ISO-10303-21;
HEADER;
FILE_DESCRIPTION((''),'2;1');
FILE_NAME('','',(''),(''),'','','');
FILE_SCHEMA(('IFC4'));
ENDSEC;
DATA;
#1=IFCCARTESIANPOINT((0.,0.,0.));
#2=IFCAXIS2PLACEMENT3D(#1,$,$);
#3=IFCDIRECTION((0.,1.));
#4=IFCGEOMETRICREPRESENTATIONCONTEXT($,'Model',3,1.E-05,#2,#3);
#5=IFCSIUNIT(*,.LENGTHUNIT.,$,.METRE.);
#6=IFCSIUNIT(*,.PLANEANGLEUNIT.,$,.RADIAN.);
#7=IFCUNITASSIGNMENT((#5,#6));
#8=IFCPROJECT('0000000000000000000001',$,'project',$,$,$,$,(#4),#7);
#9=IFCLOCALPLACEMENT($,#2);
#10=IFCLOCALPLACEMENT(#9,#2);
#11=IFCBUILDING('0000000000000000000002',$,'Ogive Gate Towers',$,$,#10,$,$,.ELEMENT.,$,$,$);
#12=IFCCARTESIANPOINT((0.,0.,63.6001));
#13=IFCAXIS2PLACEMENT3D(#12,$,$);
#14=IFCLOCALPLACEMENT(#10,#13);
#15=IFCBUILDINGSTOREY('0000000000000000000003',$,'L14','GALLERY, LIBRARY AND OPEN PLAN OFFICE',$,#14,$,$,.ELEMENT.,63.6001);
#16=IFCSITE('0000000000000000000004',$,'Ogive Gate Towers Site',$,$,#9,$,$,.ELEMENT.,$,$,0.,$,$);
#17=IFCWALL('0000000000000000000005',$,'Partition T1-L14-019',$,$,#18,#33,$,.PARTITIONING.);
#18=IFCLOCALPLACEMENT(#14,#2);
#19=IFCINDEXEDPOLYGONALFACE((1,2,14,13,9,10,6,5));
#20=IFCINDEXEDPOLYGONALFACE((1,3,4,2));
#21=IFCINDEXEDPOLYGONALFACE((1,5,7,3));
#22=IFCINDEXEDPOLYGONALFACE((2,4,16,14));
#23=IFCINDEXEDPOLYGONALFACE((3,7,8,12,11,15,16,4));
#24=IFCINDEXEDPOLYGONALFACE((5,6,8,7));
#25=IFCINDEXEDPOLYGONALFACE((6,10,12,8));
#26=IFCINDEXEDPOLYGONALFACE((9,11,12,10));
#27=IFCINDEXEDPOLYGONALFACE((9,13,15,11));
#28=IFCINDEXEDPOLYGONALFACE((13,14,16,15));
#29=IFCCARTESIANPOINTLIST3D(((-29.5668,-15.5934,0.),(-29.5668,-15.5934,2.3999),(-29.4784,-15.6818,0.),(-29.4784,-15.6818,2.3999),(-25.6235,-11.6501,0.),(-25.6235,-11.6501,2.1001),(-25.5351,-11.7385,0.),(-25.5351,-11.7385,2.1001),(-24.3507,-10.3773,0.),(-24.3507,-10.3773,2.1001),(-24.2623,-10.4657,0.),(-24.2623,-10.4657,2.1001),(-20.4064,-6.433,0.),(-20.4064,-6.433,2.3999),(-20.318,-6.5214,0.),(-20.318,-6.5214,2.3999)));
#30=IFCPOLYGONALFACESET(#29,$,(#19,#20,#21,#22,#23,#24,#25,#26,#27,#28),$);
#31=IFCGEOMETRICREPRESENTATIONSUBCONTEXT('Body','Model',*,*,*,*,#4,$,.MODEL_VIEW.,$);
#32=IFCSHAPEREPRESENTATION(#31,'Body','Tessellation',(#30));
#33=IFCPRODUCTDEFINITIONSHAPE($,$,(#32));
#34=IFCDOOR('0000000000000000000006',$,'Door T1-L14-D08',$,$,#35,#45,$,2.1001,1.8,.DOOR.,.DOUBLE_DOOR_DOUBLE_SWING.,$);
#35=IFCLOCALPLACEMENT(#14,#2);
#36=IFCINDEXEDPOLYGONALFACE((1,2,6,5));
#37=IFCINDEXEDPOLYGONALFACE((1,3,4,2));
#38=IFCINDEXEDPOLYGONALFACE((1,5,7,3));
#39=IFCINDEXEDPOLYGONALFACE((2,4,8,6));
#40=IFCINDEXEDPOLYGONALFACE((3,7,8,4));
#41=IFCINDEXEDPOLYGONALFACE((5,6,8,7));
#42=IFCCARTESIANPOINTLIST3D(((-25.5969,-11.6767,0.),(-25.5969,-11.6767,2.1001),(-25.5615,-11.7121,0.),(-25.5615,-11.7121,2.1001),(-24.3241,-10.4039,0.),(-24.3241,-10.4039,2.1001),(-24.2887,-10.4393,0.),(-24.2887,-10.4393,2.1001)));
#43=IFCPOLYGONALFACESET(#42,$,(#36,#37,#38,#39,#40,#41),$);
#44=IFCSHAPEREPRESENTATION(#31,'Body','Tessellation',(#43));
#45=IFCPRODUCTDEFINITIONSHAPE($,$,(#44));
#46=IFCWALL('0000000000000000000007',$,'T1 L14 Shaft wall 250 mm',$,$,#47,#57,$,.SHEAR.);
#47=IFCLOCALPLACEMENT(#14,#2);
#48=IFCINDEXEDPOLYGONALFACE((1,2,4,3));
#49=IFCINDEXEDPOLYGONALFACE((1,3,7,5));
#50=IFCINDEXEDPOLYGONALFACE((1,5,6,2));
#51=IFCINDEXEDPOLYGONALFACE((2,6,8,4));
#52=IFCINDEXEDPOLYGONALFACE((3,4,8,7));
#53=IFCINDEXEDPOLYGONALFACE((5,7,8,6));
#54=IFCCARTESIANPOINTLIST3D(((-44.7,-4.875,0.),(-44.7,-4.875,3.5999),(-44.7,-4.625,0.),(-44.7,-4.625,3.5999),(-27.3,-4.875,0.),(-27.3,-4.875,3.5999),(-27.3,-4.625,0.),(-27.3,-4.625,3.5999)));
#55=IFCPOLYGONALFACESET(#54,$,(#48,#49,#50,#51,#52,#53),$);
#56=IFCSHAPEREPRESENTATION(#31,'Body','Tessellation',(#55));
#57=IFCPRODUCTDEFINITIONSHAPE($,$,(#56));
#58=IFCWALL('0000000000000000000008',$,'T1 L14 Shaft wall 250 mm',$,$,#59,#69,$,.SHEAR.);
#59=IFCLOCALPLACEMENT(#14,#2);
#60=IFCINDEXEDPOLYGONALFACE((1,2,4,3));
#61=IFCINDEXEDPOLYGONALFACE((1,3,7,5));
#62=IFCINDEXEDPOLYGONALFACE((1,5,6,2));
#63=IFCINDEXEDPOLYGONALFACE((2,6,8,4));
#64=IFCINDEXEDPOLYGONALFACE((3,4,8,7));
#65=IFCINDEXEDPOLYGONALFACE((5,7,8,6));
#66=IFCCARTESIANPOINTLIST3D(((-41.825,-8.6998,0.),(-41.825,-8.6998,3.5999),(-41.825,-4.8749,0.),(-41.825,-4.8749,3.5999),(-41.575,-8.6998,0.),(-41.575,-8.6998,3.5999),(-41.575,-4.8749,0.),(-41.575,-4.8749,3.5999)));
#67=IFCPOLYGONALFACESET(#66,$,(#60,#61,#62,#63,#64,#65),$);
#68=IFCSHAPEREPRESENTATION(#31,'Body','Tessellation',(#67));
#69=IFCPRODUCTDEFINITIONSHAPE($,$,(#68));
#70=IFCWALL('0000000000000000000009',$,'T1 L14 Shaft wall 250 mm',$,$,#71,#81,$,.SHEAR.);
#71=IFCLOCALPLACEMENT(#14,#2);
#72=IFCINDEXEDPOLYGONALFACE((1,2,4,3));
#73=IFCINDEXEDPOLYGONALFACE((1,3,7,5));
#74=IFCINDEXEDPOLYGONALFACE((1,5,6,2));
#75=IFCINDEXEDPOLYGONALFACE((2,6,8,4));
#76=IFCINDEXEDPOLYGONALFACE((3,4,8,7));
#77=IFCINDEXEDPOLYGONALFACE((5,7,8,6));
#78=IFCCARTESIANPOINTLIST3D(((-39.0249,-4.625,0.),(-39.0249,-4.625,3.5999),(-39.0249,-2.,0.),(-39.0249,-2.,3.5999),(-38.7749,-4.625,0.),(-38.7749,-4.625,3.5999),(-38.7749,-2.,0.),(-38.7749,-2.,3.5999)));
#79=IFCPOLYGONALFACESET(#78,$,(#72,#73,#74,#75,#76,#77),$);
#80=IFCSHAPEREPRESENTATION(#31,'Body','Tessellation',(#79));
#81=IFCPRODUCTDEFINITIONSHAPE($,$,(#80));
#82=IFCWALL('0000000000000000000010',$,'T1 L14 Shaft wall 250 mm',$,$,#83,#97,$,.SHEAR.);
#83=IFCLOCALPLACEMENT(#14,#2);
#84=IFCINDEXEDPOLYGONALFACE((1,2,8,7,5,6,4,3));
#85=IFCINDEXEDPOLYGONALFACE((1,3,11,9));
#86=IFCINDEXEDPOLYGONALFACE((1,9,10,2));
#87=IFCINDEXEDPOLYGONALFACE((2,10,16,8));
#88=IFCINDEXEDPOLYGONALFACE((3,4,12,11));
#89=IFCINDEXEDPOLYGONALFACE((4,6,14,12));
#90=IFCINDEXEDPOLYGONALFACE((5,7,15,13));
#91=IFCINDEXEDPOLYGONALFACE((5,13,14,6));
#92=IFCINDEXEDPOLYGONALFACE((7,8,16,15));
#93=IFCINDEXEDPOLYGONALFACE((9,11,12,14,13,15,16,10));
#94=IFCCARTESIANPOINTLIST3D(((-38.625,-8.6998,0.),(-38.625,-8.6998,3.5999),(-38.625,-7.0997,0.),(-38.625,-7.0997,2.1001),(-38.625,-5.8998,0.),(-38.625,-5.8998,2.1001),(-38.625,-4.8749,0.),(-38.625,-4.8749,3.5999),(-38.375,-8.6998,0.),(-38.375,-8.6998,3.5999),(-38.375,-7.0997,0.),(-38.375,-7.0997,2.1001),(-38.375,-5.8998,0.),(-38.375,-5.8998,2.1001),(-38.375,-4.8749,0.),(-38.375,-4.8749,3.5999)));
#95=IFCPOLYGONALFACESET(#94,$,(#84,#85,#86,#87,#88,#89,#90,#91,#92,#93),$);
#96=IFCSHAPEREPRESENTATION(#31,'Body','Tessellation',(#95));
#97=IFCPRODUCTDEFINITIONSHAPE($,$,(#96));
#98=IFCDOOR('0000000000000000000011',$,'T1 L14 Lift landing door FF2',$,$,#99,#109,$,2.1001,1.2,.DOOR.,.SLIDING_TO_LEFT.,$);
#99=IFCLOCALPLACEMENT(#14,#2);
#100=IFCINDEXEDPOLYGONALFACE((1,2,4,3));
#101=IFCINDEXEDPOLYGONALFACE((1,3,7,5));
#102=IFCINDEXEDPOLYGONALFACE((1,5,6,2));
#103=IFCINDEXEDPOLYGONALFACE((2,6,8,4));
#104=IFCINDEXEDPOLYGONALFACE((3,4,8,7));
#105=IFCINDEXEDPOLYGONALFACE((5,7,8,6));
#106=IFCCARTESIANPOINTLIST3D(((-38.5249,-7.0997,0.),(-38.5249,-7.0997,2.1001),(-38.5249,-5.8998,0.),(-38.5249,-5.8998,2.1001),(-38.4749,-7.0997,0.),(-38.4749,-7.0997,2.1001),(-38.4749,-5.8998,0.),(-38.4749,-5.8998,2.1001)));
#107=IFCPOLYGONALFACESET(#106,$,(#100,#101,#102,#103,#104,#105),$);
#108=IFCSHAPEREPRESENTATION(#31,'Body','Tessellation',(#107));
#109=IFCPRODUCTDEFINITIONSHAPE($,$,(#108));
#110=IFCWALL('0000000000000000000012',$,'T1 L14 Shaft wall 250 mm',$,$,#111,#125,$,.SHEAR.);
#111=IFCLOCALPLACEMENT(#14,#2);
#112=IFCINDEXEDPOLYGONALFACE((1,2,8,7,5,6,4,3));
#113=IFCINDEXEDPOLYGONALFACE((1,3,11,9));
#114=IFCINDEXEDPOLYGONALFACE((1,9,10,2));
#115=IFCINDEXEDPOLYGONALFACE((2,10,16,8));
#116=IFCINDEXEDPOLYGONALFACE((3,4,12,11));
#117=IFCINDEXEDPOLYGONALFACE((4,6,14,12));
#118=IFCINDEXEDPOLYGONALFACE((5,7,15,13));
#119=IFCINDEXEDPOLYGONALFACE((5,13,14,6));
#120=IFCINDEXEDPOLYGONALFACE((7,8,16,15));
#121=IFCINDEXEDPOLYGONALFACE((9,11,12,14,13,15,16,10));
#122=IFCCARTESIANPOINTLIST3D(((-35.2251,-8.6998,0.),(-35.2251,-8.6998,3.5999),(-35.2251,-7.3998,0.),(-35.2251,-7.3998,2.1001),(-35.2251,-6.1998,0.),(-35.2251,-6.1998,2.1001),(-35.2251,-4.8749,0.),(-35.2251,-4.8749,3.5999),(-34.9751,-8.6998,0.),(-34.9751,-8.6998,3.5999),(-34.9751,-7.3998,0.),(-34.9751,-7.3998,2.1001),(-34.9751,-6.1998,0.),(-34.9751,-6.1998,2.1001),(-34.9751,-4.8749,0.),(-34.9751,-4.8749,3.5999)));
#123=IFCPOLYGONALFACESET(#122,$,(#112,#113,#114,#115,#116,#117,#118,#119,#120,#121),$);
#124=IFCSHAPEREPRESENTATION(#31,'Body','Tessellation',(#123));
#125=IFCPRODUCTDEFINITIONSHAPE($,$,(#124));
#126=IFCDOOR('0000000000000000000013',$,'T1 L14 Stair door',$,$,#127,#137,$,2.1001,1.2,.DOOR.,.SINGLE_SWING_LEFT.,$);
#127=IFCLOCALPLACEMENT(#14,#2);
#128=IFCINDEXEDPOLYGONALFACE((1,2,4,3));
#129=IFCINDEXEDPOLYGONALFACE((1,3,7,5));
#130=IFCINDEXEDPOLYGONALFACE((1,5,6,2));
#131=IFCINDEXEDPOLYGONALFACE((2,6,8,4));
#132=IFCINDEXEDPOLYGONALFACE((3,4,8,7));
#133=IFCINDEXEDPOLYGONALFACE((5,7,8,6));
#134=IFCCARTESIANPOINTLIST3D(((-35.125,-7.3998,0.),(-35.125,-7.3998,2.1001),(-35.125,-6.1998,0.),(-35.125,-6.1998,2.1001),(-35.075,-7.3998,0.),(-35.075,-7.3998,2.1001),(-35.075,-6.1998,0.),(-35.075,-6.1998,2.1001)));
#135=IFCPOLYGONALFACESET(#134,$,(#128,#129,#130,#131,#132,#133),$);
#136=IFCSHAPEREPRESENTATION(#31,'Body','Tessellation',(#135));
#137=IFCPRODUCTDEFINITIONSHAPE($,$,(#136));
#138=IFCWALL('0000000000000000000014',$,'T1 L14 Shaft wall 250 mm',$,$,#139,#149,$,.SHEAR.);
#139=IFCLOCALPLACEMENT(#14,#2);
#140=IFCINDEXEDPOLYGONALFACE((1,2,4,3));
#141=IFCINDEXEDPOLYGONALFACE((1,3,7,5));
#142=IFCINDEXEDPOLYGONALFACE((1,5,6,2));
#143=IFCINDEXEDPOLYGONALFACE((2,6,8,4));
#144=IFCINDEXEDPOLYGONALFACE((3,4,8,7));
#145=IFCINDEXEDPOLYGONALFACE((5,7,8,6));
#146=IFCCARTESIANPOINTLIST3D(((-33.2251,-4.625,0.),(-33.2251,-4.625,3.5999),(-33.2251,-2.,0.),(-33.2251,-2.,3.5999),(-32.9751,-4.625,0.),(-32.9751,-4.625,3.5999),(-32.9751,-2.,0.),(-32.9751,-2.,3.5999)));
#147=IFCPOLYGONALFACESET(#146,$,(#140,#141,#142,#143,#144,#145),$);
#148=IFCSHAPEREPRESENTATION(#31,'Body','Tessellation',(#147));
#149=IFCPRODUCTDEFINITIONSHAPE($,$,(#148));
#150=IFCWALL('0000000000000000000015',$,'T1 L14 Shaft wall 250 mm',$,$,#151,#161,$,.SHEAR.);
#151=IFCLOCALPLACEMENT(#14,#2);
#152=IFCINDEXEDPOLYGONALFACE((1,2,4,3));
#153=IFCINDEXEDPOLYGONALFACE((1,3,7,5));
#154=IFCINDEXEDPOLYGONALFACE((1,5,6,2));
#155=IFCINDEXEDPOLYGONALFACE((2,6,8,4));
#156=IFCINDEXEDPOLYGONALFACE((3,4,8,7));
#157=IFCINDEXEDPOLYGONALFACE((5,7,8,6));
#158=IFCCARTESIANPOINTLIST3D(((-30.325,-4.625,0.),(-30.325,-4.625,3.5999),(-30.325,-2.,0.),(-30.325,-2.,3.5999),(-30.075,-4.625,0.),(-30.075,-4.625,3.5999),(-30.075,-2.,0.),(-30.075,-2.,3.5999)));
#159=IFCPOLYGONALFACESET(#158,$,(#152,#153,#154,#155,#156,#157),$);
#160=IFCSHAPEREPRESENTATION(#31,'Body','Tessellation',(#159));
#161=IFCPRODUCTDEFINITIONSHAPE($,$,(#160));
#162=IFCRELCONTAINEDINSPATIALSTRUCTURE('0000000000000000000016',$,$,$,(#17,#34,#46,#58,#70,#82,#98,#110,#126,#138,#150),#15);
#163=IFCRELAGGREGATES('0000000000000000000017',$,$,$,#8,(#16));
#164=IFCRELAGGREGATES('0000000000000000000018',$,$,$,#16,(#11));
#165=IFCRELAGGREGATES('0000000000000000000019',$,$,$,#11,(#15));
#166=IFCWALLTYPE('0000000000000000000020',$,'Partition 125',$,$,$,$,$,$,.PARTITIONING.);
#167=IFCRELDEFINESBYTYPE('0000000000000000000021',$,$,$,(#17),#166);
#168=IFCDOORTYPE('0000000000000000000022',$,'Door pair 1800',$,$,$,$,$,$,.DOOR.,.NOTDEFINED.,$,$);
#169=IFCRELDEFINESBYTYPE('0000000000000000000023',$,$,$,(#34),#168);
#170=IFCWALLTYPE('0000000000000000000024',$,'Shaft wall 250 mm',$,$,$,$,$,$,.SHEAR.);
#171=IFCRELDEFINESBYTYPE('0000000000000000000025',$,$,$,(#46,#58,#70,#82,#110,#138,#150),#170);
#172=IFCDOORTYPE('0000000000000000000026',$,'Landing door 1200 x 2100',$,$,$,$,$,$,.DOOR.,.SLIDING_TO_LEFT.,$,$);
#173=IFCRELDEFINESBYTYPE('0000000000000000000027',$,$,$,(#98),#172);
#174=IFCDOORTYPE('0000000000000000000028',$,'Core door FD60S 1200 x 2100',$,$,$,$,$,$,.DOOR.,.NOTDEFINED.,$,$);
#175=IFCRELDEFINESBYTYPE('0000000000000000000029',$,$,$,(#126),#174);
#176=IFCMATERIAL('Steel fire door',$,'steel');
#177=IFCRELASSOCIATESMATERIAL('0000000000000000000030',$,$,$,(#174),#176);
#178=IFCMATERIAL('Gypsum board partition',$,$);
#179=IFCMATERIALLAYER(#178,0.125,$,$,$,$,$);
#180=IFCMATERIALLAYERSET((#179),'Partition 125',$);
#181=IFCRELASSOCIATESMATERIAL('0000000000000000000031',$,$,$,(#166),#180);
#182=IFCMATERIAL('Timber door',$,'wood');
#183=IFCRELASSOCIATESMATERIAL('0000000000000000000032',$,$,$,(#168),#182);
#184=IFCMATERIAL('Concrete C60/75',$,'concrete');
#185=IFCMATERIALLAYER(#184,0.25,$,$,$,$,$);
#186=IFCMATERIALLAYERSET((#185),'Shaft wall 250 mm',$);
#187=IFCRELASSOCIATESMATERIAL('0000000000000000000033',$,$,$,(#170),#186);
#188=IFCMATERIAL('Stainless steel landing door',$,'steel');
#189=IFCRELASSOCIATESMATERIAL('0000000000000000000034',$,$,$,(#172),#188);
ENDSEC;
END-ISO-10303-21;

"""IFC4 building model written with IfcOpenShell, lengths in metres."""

from ifc_helpers import new_model, si_unit, direction, frame, frame_2d, origin, place, context, subcontext, project, spatial, rectangle, extrude, material, layer, layer_set, type_object, element, fill, save


model = new_model("IFC4")

# Units and contexts
model_context = context("Model", 3, precision=1e-05, world=origin(), true_north=direction((0.0, 1.0)))
body_context = subcontext(model_context, "Body", "Model", "MODEL_VIEW")
ifc_project = project(units=[si_unit("LENGTHUNIT", "METRE"), si_unit("PLANEANGLEUNIT", "RADIAN")], contexts=[model_context])

# Site, building, storey
site_placement = place(None, origin())
site = spatial("IfcSite", under=ifc_project, at=site_placement, Name="Ogive Gate Towers Site", CompositionType="ELEMENT", RefElevation=0.0)
building_placement = place(site_placement, origin())
building = spatial("IfcBuilding", under=site, at=building_placement, Name="Ogive Gate Towers", CompositionType="ELEMENT")
storey_placement = place(building_placement, frame((0.0, 0.0, 63.6001)))
storey = spatial("IfcBuildingStorey", under=building, at=storey_placement, Name="L14", Description="GALLERY, LIBRARY AND OPEN PLAN OFFICE", CompositionType="ELEMENT", Elevation=63.6001)

# Shared definitions
ifc_material_1 = material(Name="Concrete C60/75", Category="concrete")
ifc_material_2 = material(Name="Timber door", Category="wood")
ifc_material_3 = material(Name="Steel fire door", Category="steel")
door_type_1 = type_object("IfcDoorType", Name="Core door FD60S 1200 x 2100", OperationType="NOTDEFINED", PredefinedType="DOOR", material=ifc_material_3)

# Wall, opening, door
ifc_material_4 = material(Name="Gypsum board partition")
ifc_layer_1 = layer(ifc_material_4, 0.125)
ifc_layer_set_1 = layer_set([ifc_layer_1], Name="Partition 125")
wall_type_1 = type_object("IfcWallType", Name="Partition 125", PredefinedType="PARTITIONING", material=ifc_layer_set_1)
door_type_2 = type_object("IfcDoorType", Name="Door pair 1800", OperationType="NOTDEFINED", PredefinedType="DOOR", material=ifc_material_2)
wall_1_placement = place(storey_placement, frame((-29.5227, -15.6377, 0.0), z_axis=(0.0, 0.0, 1.0), x_axis=(0.707107, 0.707107, 0.0)))
wall_1 = element("IfcWall", 1, at=wall_1_placement, inside=storey, type_object=wall_type_1, Name="Partition T1-L14-019", PredefinedType="PARTITIONING", context=body_context, shape_type="SweptSolid", body=[
    extrude(rectangle(XDim=12.9548, YDim=0.125, at=frame_2d((6.4775, 0.0))), origin(), (0.0, 0.0, 1.0), 2.3999),
])
opening_1_placement = place(wall_1_placement, frame((5.5769, 0.0, 0.0)))
opening_1 = element("IfcOpeningElement", 2, at=opening_1_placement, cuts=wall_1, PredefinedType="OPENING", context=body_context, shape_type="SweptSolid", body=[
    extrude(rectangle(XDim=1.8, YDim=2.1001, at=frame_2d((0.8999, 1.05))), frame((0.0, 0.0725, 0.0), z_axis=(0.0, -1.0, 0.0), x_axis=(1.0, 0.0, 0.0)), (0.0, 0.0, 1.0), 0.145),
])
door_1_placement = place(opening_1_placement, origin())
door_1 = element("IfcDoor", 3, at=door_1_placement, inside=storey, type_object=door_type_2, Name="Door T1-L14-D08", OperationType="DOUBLE_DOOR_DOUBLE_SWING", OverallHeight=2.1001, OverallWidth=1.8, PredefinedType="DOOR", context=body_context, shape_type="SweptSolid", body=[
    extrude(rectangle(XDim=1.8, YDim=2.1001, at=frame_2d((0.8999, 1.05))), frame((0.0, 0.0249, 0.0), z_axis=(0.0, -1.0, 0.0), x_axis=(1.0, 0.0, 0.0)), (0.0, 0.0, 1.0), 0.05),
])
fill(opening_1, door_1)

# Walls
ifc_layer_2 = layer(ifc_material_1, 0.25)
ifc_layer_set_2 = layer_set([ifc_layer_2], Name="Shaft wall 250 mm")
wall_type_2 = type_object("IfcWallType", Name="Shaft wall 250 mm", PredefinedType="SHEAR", material=ifc_layer_set_2)
wall_2_placement = place(storey_placement, frame((-44.7, -4.75, 0.0), z_axis=(0.0, 0.0, 1.0), x_axis=(1.0, 0.0, 0.0)))
element("IfcWall", 4, at=wall_2_placement, inside=storey, type_object=wall_type_2, Name="T1 L14 Shaft wall 250 mm", PredefinedType="SHEAR", context=body_context, shape_type="SweptSolid", body=[
    extrude(rectangle(XDim=17.3999, YDim=0.25, at=frame_2d((8.7, 0.0))), origin(), (0.0, 0.0, 1.0), 3.5999),
])
wall_3_placement = place(storey_placement, frame((-41.7, -8.7, 0.0), z_axis=(0.0, 0.0, 1.0), x_axis=(0.0, 1.0, 0.0)))
element("IfcWall", 5, at=wall_3_placement, inside=storey, type_object=wall_type_2, Name="T1 L14 Shaft wall 250 mm", PredefinedType="SHEAR", context=body_context, shape_type="SweptSolid", body=[
    extrude(rectangle(XDim=3.825, YDim=0.25, at=frame_2d((1.9126, 0.0))), origin(), (0.0, 0.0, 1.0), 3.5999),
])
wall_4_placement = place(storey_placement, frame((-38.8999, -4.625, 0.0), z_axis=(0.0, 0.0, 1.0), x_axis=(0.0, 1.0, 0.0)))
element("IfcWall", 6, at=wall_4_placement, inside=storey, type_object=wall_type_2, Name="T1 L14 Shaft wall 250 mm", PredefinedType="SHEAR", context=body_context, shape_type="SweptSolid", body=[
    extrude(rectangle(XDim=2.625, YDim=0.25, at=frame_2d((1.3125, 0.0))), origin(), (0.0, 0.0, 1.0), 3.5999),
])

# Walls, openings, doors
wall_5_placement = place(storey_placement, frame((-38.5, -8.7, 0.0), z_axis=(0.0, 0.0, 1.0), x_axis=(0.0, 1.0, 0.0)))
wall_5 = element("IfcWall", 7, at=wall_5_placement, inside=storey, type_object=wall_type_2, Name="T1 L14 Shaft wall 250 mm", PredefinedType="SHEAR", context=body_context, shape_type="SweptSolid", body=[
    extrude(rectangle(XDim=3.825, YDim=0.25, at=frame_2d((1.9126, 0.0))), origin(), (0.0, 0.0, 1.0), 3.5999),
])
opening_2_placement = place(wall_5_placement, frame((1.6001, 0.0, 0.0)))
opening_2 = element("IfcOpeningElement", 8, at=opening_2_placement, cuts=wall_5, PredefinedType="OPENING", context=body_context, shape_type="SweptSolid", body=[
    extrude(rectangle(XDim=1.2, YDim=2.1001, at=frame_2d((0.6001, 1.05))), frame((0.0, 0.135, 0.0), z_axis=(0.0, -1.0, 0.0), x_axis=(1.0, 0.0, 0.0)), (0.0, 0.0, 1.0), 0.27),
])
ifc_material_5 = material(Name="Stainless steel landing door", Category="steel")
door_type_3 = type_object("IfcDoorType", Name="Landing door 1200 x 2100", OperationType="SLIDING_TO_LEFT", PredefinedType="DOOR", material=ifc_material_5)
door_2_placement = place(opening_2_placement, origin())
door_2 = element("IfcDoor", 9, at=door_2_placement, inside=storey, type_object=door_type_3, Name="T1 L14 Lift landing door FF2", OperationType="SLIDING_TO_LEFT", OverallHeight=2.1001, OverallWidth=1.2, PredefinedType="DOOR", context=body_context, shape_type="SweptSolid", body=[
    extrude(rectangle(XDim=1.2, YDim=2.1001, at=frame_2d((0.6001, 1.05))), frame((0.0, 0.0249, 0.0), z_axis=(0.0, -1.0, 0.0), x_axis=(1.0, 0.0, 0.0)), (0.0, 0.0, 1.0), 0.05),
])
fill(opening_2, door_2)
wall_6_placement = place(storey_placement, frame((-35.1001, -8.7, 0.0), z_axis=(0.0, 0.0, 1.0), x_axis=(0.0, 1.0, 0.0)))
wall_6 = element("IfcWall", 10, at=wall_6_placement, inside=storey, type_object=wall_type_2, Name="T1 L14 Shaft wall 250 mm", PredefinedType="SHEAR", context=body_context, shape_type="SweptSolid", body=[
    extrude(rectangle(XDim=3.825, YDim=0.25, at=frame_2d((1.9126, 0.0))), origin(), (0.0, 0.0, 1.0), 3.5999),
])
opening_3_placement = place(wall_6_placement, frame((1.3, 0.0, 0.0)))
opening_3 = element("IfcOpeningElement", 11, at=opening_3_placement, cuts=wall_6, PredefinedType="OPENING", context=body_context, shape_type="SweptSolid", body=[
    extrude(rectangle(XDim=1.2, YDim=2.1001, at=frame_2d((0.6001, 1.05))), frame((0.0, 0.135, 0.0), z_axis=(0.0, -1.0, 0.0), x_axis=(1.0, 0.0, 0.0)), (0.0, 0.0, 1.0), 0.27),
])
door_3_placement = place(opening_3_placement, origin())
door_3 = element("IfcDoor", 12, at=door_3_placement, inside=storey, type_object=door_type_1, Name="T1 L14 Stair door", OperationType="SINGLE_SWING_LEFT", OverallHeight=2.1001, OverallWidth=1.2, PredefinedType="DOOR", context=body_context, shape_type="SweptSolid", body=[
    extrude(rectangle(XDim=1.2, YDim=2.1001, at=frame_2d((0.6001, 1.05))), frame((0.0, 0.0249, 0.0), z_axis=(0.0, -1.0, 0.0), x_axis=(1.0, 0.0, 0.0)), (0.0, 0.0, 1.0), 0.05),
])
fill(opening_3, door_3)

# Walls
for number, where, z_axis, x_axis, name in (
    (13, (-33.1001, -4.625, 0.0), (0.0, 0.0, 1.0), (0.0, 1.0, 0.0), "T1 L14 Shaft wall 250 mm"),
    (14, (-30.2, -4.625, 0.0), (0.0, 0.0, 1.0), (0.0, 1.0, 0.0), "T1 L14 Shaft wall 250 mm"),
):
    element("IfcWall", number, at=place(storey_placement, frame(where, z_axis=z_axis, x_axis=x_axis)), inside=storey, type_object=wall_type_2, Name=name, PredefinedType="SHEAR", context=body_context, shape_type="SweptSolid", body=[
        extrude(rectangle(XDim=2.625, YDim=0.25, at=frame_2d((1.3125, 0.0))), origin(), (0.0, 0.0, 1.0), 3.5999),
    ])

save(model, "model.ifc")
